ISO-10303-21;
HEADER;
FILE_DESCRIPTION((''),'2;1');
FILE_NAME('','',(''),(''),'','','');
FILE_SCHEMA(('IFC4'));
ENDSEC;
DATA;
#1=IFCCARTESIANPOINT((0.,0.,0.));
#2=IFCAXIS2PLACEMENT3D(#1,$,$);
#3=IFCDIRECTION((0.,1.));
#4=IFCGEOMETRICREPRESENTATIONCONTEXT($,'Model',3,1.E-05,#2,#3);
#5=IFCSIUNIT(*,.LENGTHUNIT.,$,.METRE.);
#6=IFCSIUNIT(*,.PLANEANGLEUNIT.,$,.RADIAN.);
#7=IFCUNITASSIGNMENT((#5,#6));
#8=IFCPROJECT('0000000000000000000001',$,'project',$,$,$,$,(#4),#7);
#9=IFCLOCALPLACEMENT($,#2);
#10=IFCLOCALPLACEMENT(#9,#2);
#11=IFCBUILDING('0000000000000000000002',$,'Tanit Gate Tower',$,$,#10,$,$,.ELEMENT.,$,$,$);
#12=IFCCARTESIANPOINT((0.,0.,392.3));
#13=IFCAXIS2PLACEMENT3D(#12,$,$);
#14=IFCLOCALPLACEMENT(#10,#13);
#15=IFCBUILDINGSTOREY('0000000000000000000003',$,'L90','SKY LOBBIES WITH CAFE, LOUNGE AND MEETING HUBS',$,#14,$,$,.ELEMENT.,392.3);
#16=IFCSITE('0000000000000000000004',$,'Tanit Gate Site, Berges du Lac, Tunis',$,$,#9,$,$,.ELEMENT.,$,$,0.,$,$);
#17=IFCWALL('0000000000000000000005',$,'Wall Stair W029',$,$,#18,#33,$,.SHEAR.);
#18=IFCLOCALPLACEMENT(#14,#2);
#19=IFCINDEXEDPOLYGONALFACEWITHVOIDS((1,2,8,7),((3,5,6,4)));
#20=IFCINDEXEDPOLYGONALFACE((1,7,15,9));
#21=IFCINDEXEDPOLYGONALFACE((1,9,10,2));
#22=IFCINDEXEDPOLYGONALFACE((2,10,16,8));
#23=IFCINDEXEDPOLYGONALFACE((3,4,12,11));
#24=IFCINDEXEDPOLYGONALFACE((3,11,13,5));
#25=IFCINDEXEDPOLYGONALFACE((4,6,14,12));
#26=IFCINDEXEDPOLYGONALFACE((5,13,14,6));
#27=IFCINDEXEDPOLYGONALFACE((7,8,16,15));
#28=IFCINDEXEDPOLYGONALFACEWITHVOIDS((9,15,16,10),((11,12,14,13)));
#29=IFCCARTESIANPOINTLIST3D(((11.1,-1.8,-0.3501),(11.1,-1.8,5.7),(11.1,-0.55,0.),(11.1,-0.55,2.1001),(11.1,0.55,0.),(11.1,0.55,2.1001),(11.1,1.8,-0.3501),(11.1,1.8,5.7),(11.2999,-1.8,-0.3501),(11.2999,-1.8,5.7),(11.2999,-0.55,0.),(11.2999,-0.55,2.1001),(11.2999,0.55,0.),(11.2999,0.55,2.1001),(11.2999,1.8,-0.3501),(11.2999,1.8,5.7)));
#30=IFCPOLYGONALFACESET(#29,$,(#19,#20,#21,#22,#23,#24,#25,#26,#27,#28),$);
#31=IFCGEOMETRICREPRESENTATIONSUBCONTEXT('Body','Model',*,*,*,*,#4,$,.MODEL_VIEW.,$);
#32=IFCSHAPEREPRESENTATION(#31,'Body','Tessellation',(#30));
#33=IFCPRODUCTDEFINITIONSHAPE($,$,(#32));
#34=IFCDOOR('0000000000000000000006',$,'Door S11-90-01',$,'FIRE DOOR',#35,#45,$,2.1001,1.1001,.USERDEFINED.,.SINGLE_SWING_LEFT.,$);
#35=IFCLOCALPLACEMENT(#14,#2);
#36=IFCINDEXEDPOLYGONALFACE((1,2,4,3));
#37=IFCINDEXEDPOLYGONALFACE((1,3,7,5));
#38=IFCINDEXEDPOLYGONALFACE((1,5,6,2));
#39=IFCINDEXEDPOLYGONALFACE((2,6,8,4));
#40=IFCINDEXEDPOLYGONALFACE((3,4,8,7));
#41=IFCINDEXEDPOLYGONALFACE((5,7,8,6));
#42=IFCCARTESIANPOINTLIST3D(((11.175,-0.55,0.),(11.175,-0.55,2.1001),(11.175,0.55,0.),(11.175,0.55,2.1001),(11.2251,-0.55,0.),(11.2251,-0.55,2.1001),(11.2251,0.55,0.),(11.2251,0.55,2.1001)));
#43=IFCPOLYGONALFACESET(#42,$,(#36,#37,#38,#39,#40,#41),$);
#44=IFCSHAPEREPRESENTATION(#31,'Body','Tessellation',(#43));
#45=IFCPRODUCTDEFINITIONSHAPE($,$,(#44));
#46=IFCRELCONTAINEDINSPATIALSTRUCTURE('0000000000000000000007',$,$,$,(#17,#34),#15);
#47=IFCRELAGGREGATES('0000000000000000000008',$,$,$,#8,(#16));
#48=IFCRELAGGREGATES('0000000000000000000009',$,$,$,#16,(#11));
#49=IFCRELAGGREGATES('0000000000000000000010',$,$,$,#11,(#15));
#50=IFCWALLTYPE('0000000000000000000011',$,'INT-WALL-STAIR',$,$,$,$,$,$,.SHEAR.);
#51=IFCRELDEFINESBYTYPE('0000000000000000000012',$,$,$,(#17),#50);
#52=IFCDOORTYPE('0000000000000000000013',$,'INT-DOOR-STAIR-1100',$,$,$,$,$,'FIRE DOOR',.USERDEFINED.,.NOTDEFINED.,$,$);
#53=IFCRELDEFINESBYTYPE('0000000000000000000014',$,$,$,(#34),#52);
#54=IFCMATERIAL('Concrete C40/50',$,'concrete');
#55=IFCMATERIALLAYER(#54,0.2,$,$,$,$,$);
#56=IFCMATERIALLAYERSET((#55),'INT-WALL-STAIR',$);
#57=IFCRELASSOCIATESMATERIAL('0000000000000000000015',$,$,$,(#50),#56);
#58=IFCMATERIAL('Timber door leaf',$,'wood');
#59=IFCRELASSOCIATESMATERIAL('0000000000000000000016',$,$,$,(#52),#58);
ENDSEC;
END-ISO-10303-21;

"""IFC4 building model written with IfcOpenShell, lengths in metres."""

from ifc_helpers import new_model, si_unit, direction, frame, frame_2d, origin, place, context, subcontext, project, spatial, rectangle, extrude, material, layer, layer_set, type_object, element, fill, save


model = new_model("IFC4")

# Units and contexts
model_context = context("Model", 3, precision=1e-05, world=origin(), true_north=direction((0.0, 1.0)))
body_context = subcontext(model_context, "Body", "Model", "MODEL_VIEW")
ifc_project = project(units=[si_unit("LENGTHUNIT", "METRE"), si_unit("PLANEANGLEUNIT", "RADIAN")], contexts=[model_context])

# Site, building, storey
site_placement = place(None, origin())
site = spatial("IfcSite", under=ifc_project, at=site_placement, Name="Tanit Gate Site, Berges du Lac, Tunis", CompositionType="ELEMENT", RefElevation=0.0)
building_placement = place(site_placement, origin())
building = spatial("IfcBuilding", under=site, at=building_placement, Name="Tanit Gate Tower", CompositionType="ELEMENT")
storey_placement = place(building_placement, frame((0.0, 0.0, 392.3)))
storey = spatial("IfcBuildingStorey", under=building, at=storey_placement, Name="L90", Description="SKY LOBBIES WITH CAFE, LOUNGE AND MEETING HUBS", CompositionType="ELEMENT", Elevation=392.3)

# Shared definitions
ifc_material_1 = material(Name="Concrete C40/50", Category="concrete")
ifc_layer_1 = layer(ifc_material_1, 0.2)
ifc_layer_set_1 = layer_set([ifc_layer_1], Name="INT-WALL-STAIR")
wall_type_1 = type_object("IfcWallType", Name="INT-WALL-STAIR", PredefinedType="SHEAR", material=ifc_layer_set_1)

# Wall, opening, door
wall_1_placement = place(storey_placement, frame((11.2, -1.8, -0.3501), z_axis=(0.0, 0.0, 1.0), x_axis=(0.0, 1.0, 0.0)))
wall_1 = element("IfcWall", 1, at=wall_1_placement, inside=storey, type_object=wall_type_1, Name="Wall Stair W029", PredefinedType="SHEAR", context=body_context, shape_type="SweptSolid", body=[
    extrude(rectangle(XDim=3.6001, YDim=0.2, at=frame_2d((1.8, 0.0))), origin(), (0.0, 0.0, 1.0), 6.05),
])
opening_1_placement = place(wall_1_placement, frame((1.25, 0.0, 0.3501)))
opening_1 = element("IfcOpeningElement", 2, at=opening_1_placement, cuts=wall_1, PredefinedType="OPENING", context=body_context, shape_type="SweptSolid", body=[
    extrude(rectangle(XDim=1.1001, YDim=2.1001, at=frame_2d((0.55, 1.05))), frame((0.0, 0.1099, 0.0), z_axis=(0.0, -1.0, 0.0), x_axis=(1.0, 0.0, 0.0)), (0.0, 0.0, 1.0), 0.22),
])
ifc_material_2 = material(Name="Timber door leaf", Category="wood")
door_type_1 = type_object("IfcDoorType", Name="INT-DOOR-STAIR-1100", ElementType="FIRE DOOR", OperationType="NOTDEFINED", PredefinedType="USERDEFINED", material=ifc_material_2)
door_1_placement = place(opening_1_placement, origin())
door_1 = element("IfcDoor", 3, at=door_1_placement, inside=storey, type_object=door_type_1, Name="Door S11-90-01", ObjectType="FIRE DOOR", OperationType="SINGLE_SWING_LEFT", OverallHeight=2.1001, OverallWidth=1.1001, PredefinedType="USERDEFINED", context=body_context, shape_type="SweptSolid", body=[
    extrude(rectangle(XDim=1.1001, YDim=2.1001, at=frame_2d((0.55, 1.05))), frame((0.0, 0.0249, 0.0), z_axis=(0.0, -1.0, 0.0), x_axis=(1.0, 0.0, 0.0)), (0.0, 0.0, 1.0), 0.05),
])
fill(opening_1, door_1)

save(model, "model.ifc")
